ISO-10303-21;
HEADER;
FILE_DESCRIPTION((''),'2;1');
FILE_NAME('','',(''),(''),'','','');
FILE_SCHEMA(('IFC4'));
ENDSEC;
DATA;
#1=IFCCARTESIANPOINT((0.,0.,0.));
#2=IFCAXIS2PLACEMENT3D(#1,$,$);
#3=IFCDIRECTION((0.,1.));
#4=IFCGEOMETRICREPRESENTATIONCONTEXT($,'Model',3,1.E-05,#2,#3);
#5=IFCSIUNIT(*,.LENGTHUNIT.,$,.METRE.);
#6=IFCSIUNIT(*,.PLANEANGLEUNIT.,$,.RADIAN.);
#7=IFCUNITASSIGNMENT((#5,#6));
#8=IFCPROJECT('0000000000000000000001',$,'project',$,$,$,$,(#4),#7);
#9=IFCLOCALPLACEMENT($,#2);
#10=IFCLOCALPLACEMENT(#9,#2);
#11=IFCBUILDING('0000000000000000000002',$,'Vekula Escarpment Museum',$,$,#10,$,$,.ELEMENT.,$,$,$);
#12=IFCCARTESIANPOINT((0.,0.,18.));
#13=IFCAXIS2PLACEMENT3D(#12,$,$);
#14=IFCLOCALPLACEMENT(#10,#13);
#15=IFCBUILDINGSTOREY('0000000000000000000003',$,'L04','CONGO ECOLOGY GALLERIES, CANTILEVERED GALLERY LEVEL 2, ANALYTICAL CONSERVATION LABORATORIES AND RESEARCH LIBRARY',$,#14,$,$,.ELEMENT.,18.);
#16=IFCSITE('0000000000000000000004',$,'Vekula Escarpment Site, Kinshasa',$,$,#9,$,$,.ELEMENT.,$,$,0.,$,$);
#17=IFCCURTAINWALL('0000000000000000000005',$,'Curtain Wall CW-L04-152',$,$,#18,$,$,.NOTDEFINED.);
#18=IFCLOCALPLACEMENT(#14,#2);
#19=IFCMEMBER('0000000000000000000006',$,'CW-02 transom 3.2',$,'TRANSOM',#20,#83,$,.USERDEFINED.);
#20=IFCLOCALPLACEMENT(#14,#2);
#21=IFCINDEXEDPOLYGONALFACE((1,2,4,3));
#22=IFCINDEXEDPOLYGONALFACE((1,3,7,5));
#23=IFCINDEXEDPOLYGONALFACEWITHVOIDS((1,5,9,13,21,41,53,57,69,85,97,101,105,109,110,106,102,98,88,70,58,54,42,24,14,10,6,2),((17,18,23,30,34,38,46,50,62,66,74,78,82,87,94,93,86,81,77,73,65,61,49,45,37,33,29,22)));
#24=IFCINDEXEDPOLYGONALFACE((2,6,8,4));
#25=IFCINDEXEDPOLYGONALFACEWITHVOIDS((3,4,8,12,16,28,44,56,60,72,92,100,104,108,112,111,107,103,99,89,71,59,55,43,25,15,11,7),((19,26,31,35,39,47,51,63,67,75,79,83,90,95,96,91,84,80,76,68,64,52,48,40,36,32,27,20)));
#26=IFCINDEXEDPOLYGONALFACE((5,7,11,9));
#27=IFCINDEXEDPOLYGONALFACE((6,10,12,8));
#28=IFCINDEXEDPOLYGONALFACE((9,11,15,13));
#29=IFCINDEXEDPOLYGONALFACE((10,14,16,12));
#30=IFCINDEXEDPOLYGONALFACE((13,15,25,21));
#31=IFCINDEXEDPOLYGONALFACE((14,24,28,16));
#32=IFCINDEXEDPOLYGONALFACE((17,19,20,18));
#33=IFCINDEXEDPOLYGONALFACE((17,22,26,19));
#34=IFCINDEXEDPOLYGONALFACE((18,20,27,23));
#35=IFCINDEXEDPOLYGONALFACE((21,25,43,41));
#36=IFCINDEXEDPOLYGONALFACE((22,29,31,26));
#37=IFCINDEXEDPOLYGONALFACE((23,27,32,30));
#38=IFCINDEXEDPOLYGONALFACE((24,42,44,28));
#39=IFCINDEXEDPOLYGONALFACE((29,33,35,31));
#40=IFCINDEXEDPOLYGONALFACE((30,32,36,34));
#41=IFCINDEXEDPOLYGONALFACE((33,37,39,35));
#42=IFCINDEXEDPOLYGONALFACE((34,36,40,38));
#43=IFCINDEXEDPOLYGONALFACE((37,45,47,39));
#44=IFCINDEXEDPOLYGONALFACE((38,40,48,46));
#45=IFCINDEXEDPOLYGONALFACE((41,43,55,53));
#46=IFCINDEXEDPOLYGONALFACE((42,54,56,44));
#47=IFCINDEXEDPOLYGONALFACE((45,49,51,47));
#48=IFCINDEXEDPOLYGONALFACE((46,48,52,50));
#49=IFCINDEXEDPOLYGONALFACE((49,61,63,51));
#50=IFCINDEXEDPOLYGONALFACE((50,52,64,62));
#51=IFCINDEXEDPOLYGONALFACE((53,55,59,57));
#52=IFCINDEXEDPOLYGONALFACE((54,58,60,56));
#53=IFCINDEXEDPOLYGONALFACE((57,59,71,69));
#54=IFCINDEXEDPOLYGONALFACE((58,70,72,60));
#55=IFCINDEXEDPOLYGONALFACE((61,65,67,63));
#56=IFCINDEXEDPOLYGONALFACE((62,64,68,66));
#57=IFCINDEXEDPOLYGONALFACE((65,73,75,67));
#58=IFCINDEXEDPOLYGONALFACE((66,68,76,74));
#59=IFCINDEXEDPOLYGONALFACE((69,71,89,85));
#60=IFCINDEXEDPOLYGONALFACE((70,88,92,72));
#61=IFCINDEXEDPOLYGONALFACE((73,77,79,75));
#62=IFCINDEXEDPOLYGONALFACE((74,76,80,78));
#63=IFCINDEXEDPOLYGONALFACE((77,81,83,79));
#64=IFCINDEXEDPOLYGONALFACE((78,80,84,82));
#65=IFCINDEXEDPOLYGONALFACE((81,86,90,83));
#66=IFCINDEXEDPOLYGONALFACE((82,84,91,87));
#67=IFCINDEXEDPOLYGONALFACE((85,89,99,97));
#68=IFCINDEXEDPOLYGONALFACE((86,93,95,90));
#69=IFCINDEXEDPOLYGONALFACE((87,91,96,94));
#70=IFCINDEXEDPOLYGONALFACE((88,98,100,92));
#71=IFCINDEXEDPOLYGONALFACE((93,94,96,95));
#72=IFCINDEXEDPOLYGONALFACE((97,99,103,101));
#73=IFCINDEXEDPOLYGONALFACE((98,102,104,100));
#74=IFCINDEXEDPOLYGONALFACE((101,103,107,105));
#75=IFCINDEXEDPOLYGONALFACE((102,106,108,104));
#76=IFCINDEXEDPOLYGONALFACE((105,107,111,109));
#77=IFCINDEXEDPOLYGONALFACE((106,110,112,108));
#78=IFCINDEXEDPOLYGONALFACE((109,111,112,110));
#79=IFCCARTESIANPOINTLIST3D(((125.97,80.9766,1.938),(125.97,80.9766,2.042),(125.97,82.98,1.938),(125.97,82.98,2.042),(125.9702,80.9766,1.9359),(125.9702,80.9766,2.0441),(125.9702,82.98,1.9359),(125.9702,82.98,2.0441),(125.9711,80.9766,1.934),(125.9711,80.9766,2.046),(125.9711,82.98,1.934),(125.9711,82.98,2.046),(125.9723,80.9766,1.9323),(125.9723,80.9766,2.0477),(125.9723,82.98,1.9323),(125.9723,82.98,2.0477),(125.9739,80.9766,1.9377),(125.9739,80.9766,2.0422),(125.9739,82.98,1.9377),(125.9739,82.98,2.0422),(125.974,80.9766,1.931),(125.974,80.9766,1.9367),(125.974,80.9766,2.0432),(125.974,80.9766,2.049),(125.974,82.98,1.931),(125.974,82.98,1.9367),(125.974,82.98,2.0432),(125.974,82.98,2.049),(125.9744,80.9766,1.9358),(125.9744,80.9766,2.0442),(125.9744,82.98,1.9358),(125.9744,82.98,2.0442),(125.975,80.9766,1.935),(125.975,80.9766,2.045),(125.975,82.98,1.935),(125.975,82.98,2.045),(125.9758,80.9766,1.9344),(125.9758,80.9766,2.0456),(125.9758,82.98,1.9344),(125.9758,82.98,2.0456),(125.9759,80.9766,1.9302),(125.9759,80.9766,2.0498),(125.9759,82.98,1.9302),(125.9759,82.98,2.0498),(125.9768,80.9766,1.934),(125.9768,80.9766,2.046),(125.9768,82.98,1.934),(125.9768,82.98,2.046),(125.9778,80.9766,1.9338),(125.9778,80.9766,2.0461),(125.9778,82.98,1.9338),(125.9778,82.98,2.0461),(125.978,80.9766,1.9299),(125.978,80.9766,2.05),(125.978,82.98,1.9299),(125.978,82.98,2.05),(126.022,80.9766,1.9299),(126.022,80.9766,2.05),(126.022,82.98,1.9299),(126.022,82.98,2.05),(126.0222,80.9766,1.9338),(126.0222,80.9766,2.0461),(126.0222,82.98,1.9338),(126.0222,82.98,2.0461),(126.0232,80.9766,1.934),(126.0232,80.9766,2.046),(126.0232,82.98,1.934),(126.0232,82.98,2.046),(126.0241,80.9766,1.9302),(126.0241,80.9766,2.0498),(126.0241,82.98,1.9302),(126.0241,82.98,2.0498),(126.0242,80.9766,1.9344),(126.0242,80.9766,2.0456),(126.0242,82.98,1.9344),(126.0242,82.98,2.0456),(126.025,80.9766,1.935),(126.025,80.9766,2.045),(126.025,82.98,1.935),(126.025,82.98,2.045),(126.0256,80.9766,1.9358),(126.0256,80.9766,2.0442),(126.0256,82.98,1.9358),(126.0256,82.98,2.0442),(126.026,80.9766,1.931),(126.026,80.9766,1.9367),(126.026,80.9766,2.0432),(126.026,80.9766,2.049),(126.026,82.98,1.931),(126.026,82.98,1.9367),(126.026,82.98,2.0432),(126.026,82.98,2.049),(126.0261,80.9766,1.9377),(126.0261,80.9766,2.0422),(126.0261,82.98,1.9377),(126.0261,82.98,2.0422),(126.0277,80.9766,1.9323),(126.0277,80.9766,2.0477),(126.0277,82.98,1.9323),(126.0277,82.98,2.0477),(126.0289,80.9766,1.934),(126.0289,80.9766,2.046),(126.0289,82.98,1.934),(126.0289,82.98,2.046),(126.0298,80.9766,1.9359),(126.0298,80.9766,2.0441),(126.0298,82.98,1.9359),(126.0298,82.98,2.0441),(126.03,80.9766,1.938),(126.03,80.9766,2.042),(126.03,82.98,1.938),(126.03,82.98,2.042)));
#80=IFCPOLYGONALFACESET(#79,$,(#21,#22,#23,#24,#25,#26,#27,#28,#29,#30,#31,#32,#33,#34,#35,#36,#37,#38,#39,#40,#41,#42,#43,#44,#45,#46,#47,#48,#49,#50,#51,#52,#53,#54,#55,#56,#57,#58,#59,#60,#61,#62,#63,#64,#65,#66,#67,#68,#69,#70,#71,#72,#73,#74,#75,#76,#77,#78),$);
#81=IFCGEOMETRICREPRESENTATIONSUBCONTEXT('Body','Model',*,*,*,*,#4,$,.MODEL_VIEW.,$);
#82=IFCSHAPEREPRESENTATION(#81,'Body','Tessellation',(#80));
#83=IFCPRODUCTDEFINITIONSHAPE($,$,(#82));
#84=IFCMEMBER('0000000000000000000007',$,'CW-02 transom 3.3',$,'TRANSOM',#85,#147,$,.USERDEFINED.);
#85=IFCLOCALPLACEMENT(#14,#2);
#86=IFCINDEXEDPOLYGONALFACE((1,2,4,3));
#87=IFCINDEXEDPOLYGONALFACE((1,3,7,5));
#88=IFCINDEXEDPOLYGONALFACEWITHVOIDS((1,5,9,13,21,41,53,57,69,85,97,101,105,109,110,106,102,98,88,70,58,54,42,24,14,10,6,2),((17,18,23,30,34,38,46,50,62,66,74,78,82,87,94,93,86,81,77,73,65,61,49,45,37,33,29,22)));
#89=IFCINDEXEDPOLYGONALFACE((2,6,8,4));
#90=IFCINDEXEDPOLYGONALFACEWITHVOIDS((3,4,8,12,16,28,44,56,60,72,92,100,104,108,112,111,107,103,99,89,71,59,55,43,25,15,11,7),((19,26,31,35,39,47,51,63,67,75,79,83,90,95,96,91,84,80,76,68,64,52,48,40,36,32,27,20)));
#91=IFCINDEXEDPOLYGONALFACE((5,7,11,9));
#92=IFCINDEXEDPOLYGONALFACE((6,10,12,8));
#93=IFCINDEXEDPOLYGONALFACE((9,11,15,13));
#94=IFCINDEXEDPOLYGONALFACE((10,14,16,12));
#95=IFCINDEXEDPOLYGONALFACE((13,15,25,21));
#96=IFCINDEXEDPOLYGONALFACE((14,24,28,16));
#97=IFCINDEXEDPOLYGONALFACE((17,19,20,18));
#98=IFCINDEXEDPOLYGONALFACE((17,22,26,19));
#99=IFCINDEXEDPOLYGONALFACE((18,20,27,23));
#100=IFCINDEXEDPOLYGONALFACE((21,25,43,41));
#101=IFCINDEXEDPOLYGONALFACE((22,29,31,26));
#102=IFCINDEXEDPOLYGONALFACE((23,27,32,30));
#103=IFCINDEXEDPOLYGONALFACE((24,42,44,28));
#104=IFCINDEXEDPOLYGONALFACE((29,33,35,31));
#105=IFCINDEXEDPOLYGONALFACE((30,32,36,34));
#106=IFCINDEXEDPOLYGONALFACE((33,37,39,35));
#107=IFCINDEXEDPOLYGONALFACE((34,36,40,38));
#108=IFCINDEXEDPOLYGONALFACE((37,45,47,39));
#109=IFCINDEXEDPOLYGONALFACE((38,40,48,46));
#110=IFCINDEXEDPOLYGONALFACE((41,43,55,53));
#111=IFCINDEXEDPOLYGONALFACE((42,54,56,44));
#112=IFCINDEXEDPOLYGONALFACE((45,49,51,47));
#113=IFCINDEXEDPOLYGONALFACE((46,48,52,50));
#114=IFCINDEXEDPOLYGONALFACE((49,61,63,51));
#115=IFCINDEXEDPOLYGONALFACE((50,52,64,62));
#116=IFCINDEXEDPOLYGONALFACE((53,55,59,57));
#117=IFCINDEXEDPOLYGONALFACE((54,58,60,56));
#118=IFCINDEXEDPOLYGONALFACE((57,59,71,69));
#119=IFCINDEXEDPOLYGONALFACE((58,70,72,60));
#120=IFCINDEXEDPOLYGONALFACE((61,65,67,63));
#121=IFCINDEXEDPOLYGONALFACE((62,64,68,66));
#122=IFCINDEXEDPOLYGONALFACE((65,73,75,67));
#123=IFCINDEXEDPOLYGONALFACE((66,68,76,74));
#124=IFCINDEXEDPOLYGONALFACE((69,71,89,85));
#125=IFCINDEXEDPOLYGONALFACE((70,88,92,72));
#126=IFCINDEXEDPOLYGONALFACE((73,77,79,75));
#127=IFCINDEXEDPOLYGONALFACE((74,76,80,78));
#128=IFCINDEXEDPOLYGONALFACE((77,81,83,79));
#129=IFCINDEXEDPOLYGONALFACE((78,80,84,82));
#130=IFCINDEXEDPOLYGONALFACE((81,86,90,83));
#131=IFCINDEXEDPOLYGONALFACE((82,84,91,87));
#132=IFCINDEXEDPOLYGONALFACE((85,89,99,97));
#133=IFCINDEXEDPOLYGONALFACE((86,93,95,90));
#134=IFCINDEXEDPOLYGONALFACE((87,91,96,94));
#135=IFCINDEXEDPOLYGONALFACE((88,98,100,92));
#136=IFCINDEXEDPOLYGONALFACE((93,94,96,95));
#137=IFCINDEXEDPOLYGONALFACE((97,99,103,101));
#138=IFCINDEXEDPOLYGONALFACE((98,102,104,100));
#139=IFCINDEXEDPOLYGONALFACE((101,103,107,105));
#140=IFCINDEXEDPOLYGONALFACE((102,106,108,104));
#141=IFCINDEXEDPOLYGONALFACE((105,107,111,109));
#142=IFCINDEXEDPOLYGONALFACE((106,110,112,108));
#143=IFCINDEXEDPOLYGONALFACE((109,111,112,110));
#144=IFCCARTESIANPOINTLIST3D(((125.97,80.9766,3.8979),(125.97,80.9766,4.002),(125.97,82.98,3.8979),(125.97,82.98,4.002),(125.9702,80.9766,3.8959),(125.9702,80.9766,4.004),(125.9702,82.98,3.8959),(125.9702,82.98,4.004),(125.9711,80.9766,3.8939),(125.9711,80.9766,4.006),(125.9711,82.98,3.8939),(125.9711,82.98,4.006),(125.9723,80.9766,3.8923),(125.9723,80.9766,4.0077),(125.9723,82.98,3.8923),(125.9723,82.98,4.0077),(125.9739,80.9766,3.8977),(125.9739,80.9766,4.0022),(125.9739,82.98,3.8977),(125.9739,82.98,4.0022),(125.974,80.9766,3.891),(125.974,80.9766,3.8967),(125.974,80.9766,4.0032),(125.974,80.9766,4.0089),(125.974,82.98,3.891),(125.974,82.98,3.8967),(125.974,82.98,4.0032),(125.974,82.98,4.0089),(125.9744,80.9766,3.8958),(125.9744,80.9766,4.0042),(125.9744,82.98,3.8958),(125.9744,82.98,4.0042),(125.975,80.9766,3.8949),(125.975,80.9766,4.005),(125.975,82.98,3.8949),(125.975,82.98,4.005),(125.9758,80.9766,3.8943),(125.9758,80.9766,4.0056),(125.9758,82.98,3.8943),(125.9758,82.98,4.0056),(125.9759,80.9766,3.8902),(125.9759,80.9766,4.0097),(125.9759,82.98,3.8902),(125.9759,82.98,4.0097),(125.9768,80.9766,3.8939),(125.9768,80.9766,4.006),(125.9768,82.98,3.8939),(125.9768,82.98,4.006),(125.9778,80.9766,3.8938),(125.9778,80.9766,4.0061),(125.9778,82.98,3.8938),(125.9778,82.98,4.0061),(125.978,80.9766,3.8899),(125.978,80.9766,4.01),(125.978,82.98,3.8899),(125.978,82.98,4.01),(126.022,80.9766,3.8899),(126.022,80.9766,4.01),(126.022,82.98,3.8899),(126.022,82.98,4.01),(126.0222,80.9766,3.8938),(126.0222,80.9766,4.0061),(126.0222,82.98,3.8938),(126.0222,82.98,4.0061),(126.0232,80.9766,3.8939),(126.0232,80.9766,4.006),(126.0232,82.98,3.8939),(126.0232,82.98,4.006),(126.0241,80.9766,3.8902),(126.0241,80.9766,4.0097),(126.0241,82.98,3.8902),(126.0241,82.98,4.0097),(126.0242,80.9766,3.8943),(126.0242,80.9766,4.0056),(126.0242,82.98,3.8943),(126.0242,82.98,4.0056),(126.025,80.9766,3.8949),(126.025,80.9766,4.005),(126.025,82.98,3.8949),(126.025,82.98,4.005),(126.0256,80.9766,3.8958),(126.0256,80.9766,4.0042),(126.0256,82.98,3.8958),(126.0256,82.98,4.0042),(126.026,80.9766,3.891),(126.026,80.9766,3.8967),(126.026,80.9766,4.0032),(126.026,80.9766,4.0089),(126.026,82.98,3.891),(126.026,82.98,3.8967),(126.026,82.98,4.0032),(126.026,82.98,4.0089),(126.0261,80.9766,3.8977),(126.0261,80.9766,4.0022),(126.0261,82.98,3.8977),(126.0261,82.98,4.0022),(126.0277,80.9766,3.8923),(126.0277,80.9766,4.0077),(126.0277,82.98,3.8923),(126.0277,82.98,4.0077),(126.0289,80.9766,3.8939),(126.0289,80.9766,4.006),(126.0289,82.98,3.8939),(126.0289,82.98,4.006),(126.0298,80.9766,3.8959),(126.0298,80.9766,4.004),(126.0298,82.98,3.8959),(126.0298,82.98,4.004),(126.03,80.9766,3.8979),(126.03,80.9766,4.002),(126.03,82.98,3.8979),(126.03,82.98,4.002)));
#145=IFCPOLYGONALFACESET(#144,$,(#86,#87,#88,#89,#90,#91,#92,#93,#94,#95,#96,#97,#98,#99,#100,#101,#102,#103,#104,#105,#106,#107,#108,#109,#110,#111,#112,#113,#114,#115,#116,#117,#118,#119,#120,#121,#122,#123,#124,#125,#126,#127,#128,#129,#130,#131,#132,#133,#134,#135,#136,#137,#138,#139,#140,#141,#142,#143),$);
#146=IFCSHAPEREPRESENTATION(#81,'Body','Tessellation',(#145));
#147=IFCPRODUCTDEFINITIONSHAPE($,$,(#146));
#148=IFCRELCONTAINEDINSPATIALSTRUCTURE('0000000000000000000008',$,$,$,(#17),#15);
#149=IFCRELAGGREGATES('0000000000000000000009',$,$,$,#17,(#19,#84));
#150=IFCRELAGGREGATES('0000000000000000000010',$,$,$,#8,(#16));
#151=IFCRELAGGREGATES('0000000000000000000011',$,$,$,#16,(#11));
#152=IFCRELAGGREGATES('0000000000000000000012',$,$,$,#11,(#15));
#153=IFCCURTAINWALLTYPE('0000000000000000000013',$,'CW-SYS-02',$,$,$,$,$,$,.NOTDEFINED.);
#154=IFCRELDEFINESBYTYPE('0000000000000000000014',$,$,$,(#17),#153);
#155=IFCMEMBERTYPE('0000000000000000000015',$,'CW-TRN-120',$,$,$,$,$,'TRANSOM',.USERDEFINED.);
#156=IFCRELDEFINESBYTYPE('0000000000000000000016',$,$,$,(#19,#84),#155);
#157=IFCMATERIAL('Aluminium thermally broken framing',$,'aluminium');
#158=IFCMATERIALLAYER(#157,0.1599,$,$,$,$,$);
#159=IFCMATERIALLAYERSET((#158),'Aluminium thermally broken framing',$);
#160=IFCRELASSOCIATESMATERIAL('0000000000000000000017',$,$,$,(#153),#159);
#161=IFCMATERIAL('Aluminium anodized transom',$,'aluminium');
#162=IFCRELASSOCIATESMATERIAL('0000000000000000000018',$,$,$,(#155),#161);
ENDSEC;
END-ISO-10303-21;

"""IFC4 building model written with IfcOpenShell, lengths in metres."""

from ifc_helpers import new_model, si_unit, direction, frame, origin, origin_2d, place, context, subcontext, project, spatial, hollow_rectangle, extrude, material, layer, layer_set, material_profile, profile_set, type_object, element, aggregate, save


model = new_model("IFC4")

# Units and contexts
model_context = context("Model", 3, precision=1e-05, world=origin(), true_north=direction((0.0, 1.0)))
body_context = subcontext(model_context, "Body", "Model", "MODEL_VIEW")
ifc_project = project(units=[si_unit("LENGTHUNIT", "METRE"), si_unit("PLANEANGLEUNIT", "RADIAN")], contexts=[model_context])

# Site, building, storey
site_placement = place(None, origin())
site = spatial("IfcSite", under=ifc_project, at=site_placement, Name="Vekula Escarpment Site, Kinshasa", CompositionType="ELEMENT", RefElevation=0.0)
building_placement = place(site_placement, origin())
building = spatial("IfcBuilding", under=site, at=building_placement, Name="Vekula Escarpment Museum", CompositionType="ELEMENT")
storey_placement = place(building_placement, frame((0.0, 0.0, 18.0)))
storey = spatial("IfcBuildingStorey", under=building, at=storey_placement, Name="L04", Description="CONGO ECOLOGY GALLERIES, CANTILEVERED GALLERY LEVEL 2, ANALYTICAL CONSERVATION LABORATORIES AND RESEARCH LIBRARY", CompositionType="ELEMENT", Elevation=18.0)

# Curtain wall, members
ifc_material_1 = material(Name="Aluminium thermally broken framing", Category="aluminium")
ifc_layer_1 = layer(ifc_material_1, 0.1599)
ifc_layer_set_1 = layer_set([ifc_layer_1], Name="Aluminium thermally broken framing")
curtain_wall_type = type_object("IfcCurtainWallType", Name="CW-SYS-02", PredefinedType="NOTDEFINED", material=ifc_layer_set_1)
curtain_wall_placement = place(storey_placement, origin())
curtain_wall = element("IfcCurtainWall", 1, at=curtain_wall_placement, inside=storey, type_object=curtain_wall_type, Name="Curtain Wall CW-L04-152", PredefinedType="NOTDEFINED")
ifc_material_2 = material(Name="Aluminium anodized transom", Category="aluminium")
ifc_material_profile_1 = material_profile(ifc_material_2, hollow_rectangle(XDim=0.0601, YDim=0.1201, WallThickness=0.0039, InnerFilletRadius=0.0039, OuterFilletRadius=0.0081, at=origin_2d()), Name="ALU 120x60x4")
ifc_profile_set_1 = profile_set([ifc_material_profile_1], Name="Aluminium anodized transom")
member_type_1 = type_object("IfcMemberType", Name="CW-TRN-120", ElementType="TRANSOM", PredefinedType="USERDEFINED", material=ifc_profile_set_1)
member_1_placement = place(storey_placement, frame((126.0, 80.9766, 1.99), z_axis=(0.0, 1.0, 0.0), x_axis=(-1.0, 0.0, 0.0)))
member_1 = element("IfcMember", 2, at=member_1_placement, type_object=member_type_1, Name="CW-02 transom 3.2", ObjectType="TRANSOM", PredefinedType="USERDEFINED", context=body_context, shape_type="SweptSolid", body=[
    extrude(hollow_rectangle(XDim=0.0601, YDim=0.1201, WallThickness=0.0039, InnerFilletRadius=0.0039, OuterFilletRadius=0.0081, at=origin_2d()), origin(), (0.0, 0.0, 1.0), 2.0034),
])
member_2_placement = place(storey_placement, frame((126.0, 80.9766, 3.95), z_axis=(0.0, 1.0, 0.0), x_axis=(-1.0, 0.0, 0.0)))
member_2 = element("IfcMember", 3, at=member_2_placement, type_object=member_type_1, Name="CW-02 transom 3.3", ObjectType="TRANSOM", PredefinedType="USERDEFINED", context=body_context, shape_type="SweptSolid", body=[
    extrude(hollow_rectangle(XDim=0.0601, YDim=0.1201, WallThickness=0.0039, InnerFilletRadius=0.0039, OuterFilletRadius=0.0081, at=origin_2d()), origin(), (0.0, 0.0, 1.0), 2.0034),
])

aggregate(curtain_wall, [member_1, member_2])

save(model, "model.ifc")
